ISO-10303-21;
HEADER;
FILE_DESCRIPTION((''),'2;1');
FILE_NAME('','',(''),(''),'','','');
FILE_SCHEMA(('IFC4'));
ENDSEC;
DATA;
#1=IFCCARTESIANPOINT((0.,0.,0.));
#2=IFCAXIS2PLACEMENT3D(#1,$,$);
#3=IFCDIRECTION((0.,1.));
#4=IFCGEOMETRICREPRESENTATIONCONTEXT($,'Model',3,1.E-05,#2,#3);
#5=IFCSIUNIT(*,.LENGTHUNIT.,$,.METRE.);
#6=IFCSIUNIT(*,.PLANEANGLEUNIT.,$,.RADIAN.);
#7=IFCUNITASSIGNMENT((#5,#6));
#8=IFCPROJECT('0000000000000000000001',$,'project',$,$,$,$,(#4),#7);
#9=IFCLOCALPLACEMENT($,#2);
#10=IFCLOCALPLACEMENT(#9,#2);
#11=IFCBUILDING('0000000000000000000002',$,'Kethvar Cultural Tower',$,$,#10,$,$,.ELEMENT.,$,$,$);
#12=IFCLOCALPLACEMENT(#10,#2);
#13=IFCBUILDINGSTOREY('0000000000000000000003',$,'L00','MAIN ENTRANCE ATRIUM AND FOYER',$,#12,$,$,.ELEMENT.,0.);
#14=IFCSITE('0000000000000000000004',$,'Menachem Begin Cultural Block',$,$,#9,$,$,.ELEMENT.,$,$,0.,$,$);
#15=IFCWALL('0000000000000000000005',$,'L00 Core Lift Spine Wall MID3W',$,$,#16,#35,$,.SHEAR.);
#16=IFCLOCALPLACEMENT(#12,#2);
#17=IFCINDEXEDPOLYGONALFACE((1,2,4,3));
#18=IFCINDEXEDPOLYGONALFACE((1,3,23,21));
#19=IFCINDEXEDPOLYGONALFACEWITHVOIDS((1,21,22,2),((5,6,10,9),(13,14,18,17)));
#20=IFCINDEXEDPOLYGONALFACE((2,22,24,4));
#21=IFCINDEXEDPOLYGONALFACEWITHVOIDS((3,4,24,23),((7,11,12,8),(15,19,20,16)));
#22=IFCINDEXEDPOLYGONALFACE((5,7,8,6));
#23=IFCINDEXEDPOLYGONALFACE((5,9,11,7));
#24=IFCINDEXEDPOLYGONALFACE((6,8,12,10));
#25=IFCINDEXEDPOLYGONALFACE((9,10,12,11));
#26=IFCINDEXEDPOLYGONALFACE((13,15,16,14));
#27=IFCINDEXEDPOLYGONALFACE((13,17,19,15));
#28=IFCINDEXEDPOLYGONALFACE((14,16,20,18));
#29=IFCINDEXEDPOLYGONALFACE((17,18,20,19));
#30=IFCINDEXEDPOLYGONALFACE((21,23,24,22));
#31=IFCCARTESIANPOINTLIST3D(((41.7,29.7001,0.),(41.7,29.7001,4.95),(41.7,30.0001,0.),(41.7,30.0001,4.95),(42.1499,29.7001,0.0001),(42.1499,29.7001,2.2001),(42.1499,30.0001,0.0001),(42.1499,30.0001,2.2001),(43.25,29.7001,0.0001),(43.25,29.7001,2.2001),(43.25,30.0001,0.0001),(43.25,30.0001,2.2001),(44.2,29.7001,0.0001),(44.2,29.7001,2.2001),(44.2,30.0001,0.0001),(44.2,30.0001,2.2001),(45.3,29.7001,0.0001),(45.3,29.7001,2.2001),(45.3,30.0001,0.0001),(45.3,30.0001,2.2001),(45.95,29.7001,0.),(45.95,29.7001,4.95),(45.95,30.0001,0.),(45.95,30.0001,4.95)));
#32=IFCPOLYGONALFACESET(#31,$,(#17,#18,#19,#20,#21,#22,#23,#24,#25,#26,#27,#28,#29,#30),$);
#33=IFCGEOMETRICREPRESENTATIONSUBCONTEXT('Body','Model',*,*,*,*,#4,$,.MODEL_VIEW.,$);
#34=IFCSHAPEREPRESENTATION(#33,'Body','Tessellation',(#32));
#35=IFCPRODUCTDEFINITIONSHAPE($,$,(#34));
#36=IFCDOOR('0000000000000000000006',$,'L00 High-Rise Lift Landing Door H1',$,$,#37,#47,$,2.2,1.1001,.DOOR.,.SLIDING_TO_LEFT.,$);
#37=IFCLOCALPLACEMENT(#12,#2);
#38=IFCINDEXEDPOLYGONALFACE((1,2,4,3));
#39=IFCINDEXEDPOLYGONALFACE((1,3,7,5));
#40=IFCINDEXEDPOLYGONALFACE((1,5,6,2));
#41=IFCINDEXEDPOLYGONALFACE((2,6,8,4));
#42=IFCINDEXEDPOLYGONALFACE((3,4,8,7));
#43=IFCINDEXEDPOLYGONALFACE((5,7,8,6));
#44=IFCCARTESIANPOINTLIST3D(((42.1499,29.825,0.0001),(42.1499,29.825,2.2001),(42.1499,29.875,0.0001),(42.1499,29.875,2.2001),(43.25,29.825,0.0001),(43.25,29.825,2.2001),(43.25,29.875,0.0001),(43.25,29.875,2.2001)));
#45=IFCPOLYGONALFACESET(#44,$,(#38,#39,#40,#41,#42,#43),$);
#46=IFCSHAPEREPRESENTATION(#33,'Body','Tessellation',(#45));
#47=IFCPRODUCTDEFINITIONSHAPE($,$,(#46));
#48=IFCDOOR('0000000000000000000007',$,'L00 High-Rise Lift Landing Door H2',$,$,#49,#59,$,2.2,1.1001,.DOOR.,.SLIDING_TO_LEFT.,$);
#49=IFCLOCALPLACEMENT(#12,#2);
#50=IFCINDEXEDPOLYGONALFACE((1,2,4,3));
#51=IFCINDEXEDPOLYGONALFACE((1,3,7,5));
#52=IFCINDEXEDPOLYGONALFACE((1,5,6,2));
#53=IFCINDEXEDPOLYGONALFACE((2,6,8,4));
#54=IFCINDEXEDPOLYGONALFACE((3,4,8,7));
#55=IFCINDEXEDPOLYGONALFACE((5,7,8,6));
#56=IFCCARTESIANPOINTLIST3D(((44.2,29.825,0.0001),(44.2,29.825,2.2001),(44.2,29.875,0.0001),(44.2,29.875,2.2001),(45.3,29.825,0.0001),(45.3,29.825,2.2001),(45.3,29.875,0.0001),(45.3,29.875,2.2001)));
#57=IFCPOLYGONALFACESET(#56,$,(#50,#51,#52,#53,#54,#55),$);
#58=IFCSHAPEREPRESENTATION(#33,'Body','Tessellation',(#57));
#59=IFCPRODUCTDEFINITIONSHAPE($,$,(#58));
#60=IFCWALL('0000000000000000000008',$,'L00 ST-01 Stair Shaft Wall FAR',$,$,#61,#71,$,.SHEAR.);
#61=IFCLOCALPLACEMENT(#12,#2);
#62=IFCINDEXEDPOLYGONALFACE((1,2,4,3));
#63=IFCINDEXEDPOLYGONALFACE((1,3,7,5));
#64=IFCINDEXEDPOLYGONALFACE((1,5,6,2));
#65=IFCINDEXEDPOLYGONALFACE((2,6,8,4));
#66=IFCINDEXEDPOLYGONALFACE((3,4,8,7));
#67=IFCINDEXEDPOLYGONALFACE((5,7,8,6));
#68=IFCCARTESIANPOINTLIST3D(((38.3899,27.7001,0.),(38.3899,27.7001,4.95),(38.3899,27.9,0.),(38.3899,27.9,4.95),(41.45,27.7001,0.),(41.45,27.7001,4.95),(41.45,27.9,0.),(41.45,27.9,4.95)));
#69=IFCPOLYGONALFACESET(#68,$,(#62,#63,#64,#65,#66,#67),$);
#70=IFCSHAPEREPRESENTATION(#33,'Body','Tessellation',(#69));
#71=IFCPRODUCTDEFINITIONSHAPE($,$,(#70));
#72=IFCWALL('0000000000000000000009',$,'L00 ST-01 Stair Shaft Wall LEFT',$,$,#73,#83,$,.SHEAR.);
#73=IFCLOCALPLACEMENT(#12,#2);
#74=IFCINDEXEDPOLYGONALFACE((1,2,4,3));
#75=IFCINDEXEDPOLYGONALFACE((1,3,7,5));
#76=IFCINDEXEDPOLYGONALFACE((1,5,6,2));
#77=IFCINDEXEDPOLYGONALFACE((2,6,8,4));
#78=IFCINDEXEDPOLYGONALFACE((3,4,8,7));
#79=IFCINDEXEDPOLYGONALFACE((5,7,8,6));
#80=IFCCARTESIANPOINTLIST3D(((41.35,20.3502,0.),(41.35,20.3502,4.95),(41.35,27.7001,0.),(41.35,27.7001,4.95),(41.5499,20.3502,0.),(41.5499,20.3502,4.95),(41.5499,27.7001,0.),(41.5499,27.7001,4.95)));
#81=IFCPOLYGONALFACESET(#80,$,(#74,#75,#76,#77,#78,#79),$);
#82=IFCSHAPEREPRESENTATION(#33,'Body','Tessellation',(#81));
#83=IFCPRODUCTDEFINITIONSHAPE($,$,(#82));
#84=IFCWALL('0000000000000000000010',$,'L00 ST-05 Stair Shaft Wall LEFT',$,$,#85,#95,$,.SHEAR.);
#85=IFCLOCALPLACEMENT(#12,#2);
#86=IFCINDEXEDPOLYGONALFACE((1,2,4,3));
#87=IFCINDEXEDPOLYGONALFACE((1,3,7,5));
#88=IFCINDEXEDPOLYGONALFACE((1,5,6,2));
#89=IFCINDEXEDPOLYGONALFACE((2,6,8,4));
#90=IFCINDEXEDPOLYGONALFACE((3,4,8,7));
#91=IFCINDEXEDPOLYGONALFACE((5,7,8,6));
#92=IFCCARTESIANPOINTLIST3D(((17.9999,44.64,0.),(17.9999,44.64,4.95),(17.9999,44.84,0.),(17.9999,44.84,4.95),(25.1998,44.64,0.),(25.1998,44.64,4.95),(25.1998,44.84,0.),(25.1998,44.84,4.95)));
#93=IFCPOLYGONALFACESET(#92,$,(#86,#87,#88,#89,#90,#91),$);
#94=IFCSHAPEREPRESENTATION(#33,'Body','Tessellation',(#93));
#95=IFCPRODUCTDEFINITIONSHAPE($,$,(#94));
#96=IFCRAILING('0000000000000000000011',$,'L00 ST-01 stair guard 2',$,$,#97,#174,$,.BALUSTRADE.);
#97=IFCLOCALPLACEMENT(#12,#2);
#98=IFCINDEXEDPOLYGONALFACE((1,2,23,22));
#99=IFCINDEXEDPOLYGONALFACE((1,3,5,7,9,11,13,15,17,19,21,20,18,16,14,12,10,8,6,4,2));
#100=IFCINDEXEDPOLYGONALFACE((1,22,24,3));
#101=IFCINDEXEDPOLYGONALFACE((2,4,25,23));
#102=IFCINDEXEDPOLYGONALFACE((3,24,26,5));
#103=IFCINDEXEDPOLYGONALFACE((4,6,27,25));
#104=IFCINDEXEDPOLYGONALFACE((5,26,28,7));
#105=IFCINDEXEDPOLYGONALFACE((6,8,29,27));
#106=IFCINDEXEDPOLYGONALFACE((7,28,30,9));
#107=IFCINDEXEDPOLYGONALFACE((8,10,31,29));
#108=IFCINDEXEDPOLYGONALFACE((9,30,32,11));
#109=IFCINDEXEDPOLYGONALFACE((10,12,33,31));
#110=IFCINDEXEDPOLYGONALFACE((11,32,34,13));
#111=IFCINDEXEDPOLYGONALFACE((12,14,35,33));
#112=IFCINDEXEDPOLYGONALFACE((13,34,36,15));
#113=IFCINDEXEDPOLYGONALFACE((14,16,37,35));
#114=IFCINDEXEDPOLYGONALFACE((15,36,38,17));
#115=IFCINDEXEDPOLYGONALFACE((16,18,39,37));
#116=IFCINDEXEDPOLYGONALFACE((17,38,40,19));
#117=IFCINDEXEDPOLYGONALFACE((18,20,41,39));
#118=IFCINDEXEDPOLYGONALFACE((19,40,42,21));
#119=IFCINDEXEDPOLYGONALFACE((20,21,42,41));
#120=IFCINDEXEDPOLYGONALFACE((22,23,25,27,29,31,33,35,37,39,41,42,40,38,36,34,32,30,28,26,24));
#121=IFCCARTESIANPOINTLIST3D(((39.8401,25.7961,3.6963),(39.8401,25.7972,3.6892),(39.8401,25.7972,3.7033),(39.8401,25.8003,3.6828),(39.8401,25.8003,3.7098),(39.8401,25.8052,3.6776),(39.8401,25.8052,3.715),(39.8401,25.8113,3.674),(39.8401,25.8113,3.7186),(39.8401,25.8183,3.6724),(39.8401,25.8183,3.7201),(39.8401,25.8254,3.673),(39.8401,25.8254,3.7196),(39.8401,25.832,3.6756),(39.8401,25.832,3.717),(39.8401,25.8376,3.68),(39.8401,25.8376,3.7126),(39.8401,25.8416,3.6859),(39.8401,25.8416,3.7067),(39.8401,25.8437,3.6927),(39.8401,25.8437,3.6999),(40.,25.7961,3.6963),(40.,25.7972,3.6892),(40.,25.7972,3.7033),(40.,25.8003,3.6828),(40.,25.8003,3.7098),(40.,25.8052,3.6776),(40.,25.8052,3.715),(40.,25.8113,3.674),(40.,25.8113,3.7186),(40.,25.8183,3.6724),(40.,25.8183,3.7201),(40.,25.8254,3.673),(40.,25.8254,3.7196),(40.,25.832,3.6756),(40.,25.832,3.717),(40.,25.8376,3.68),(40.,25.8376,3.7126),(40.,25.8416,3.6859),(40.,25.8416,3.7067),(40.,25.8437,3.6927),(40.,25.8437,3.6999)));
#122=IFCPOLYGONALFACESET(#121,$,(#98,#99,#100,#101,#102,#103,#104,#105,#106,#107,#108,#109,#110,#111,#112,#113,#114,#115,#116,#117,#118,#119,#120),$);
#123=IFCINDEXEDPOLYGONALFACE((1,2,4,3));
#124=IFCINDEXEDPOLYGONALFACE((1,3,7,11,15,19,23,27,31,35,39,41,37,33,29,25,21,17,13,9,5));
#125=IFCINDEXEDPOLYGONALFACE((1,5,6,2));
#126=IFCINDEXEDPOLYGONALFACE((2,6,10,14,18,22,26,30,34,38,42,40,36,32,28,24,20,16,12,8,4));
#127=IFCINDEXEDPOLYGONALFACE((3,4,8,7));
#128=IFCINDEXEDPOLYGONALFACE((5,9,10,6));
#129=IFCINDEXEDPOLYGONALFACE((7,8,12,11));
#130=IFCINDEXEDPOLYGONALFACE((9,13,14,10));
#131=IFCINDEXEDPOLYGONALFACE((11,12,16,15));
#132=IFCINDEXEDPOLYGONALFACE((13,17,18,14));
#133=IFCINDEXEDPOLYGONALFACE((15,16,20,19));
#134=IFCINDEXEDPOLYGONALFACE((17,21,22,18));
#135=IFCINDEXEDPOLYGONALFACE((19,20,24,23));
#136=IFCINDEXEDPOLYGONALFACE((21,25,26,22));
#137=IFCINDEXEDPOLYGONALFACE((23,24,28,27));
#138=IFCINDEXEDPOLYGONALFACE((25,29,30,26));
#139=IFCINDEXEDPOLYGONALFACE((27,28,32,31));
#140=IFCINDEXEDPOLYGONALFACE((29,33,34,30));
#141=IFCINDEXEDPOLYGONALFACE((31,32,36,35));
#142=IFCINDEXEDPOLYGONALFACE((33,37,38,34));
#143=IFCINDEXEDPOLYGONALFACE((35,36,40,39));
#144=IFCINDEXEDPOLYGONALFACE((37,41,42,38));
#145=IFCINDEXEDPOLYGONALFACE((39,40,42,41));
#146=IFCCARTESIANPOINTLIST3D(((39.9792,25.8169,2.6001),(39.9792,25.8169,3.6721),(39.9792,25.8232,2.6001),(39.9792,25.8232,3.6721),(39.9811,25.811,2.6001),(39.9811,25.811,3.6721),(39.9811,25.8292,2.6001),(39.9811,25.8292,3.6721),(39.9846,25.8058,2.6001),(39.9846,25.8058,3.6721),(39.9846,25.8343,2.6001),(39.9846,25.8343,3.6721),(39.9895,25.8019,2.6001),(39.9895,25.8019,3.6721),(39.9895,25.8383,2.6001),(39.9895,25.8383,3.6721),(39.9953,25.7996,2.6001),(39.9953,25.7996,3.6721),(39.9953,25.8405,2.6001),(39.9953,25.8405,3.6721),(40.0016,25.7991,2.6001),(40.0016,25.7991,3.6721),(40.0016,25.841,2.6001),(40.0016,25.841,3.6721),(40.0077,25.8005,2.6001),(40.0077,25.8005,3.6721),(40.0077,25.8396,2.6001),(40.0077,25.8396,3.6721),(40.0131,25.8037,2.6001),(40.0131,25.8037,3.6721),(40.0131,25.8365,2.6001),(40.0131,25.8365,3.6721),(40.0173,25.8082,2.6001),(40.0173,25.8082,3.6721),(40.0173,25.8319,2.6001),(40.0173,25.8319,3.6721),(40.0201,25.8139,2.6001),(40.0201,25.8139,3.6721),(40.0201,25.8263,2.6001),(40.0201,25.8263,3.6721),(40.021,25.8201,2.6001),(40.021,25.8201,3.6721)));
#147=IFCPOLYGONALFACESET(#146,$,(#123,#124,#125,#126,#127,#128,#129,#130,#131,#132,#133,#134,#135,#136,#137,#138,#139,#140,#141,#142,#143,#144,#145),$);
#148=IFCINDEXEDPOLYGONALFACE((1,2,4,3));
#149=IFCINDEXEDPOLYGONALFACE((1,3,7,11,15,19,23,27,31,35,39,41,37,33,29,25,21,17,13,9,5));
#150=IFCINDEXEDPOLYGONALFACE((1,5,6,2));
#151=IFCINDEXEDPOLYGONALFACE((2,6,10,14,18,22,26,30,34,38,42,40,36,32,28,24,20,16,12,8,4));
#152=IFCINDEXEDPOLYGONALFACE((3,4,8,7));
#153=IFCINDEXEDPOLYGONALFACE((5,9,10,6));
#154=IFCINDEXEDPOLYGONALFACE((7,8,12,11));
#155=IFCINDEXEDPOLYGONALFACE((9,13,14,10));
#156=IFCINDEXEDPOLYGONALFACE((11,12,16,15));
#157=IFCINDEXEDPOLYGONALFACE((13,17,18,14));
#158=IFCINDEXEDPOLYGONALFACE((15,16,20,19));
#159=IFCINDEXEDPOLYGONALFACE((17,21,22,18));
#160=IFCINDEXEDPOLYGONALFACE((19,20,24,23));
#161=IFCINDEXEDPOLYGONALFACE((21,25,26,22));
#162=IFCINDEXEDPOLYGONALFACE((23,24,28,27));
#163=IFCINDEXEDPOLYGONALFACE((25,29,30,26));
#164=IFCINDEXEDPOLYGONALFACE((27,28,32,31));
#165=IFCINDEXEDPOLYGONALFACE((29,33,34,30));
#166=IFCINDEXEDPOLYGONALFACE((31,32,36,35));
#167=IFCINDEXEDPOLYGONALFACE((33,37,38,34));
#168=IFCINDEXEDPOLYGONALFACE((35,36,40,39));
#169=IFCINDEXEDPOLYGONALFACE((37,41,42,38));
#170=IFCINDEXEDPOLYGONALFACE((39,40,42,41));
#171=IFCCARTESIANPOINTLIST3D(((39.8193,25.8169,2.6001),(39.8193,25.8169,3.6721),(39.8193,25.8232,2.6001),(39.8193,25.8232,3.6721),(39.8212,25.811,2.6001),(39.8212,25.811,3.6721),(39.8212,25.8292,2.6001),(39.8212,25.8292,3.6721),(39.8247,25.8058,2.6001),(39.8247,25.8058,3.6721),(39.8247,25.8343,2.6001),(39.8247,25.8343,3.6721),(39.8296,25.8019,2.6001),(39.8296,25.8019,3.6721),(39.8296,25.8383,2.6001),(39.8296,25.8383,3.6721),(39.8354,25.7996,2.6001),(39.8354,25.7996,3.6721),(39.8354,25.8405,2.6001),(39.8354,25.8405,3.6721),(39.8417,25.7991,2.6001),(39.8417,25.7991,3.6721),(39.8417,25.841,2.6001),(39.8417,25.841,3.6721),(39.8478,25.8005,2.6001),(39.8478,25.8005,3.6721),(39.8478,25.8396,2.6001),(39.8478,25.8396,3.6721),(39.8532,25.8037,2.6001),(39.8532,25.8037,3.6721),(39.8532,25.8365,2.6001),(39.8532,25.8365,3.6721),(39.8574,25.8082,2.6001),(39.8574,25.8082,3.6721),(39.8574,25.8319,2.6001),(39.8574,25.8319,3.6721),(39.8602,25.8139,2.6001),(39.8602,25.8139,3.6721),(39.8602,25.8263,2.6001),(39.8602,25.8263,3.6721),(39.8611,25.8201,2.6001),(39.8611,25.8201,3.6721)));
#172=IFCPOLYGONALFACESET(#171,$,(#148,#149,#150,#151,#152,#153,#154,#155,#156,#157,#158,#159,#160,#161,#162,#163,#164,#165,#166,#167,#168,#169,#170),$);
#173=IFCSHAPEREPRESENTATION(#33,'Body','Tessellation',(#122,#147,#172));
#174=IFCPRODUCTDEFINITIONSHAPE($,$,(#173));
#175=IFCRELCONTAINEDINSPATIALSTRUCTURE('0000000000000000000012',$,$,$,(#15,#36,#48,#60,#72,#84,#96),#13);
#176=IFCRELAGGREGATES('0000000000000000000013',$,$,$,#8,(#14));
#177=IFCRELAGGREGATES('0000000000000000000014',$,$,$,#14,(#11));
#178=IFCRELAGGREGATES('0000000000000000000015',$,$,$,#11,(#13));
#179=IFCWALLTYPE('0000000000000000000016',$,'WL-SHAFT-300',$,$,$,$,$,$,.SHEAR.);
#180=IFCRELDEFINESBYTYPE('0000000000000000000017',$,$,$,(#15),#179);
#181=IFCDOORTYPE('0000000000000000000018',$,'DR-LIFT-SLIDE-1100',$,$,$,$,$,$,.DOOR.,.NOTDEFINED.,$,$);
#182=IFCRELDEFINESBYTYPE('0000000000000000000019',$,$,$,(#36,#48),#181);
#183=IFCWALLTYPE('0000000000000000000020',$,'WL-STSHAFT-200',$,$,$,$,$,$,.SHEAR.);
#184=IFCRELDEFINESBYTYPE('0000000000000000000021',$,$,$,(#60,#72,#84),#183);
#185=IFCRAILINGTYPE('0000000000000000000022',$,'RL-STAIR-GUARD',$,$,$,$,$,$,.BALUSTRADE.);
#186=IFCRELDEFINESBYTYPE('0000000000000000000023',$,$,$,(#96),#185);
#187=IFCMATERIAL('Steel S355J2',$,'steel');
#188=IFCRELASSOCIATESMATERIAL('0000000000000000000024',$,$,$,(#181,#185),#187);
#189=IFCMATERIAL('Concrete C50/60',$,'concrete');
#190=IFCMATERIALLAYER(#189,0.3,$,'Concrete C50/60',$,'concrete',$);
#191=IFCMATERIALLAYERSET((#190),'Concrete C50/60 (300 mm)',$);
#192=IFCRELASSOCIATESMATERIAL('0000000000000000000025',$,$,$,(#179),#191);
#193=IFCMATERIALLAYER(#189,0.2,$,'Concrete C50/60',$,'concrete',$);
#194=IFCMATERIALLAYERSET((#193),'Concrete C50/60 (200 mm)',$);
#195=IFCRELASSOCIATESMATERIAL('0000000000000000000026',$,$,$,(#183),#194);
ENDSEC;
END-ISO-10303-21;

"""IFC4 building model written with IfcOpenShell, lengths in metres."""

from ifc_helpers import new_model, si_unit, direction, frame, frame_2d, origin, origin_2d, place, context, subcontext, project, spatial, rectangle, circle, extrude, source, transform, mapped, material, layer, layer_set, type_object, element, fill, save


model = new_model("IFC4")

# Units and contexts
model_context = context("Model", 3, precision=1e-05, world=origin(), true_north=direction((0.0, 1.0)))
body_context = subcontext(model_context, "Body", "Model", "MODEL_VIEW")
ifc_project = project(units=[si_unit("LENGTHUNIT", "METRE"), si_unit("PLANEANGLEUNIT", "RADIAN")], contexts=[model_context])

# Site, building, storey
site_placement = place(None, origin())
site = spatial("IfcSite", under=ifc_project, at=site_placement, Name="Menachem Begin Cultural Block", CompositionType="ELEMENT", RefElevation=0.0)
building_placement = place(site_placement, origin())
building = spatial("IfcBuilding", under=site, at=building_placement, Name="Kethvar Cultural Tower", CompositionType="ELEMENT")
storey_placement = place(building_placement, origin())
storey = spatial("IfcBuildingStorey", under=building, at=storey_placement, Name="L00", Description="MAIN ENTRANCE ATRIUM AND FOYER", CompositionType="ELEMENT", Elevation=0.0)

# Shared definitions
ifc_material_1 = material(Name="Steel S355J2", Category="steel")

# Shared definitions
door_type_1 = type_object("IfcDoorType", Name="DR-LIFT-SLIDE-1100", OperationType="NOTDEFINED", PredefinedType="DOOR", material=ifc_material_1)
shared_shape_1 = source(origin(), body_context, "Body", "SweptSolid", [
    extrude(rectangle(XDim=1.1001, YDim=2.2, at=frame_2d((0.55, 1.1001))), frame((0.0, 0.0249, 0.0), z_axis=(0.0, -1.0, 0.0), x_axis=(1.0, 0.0, 0.0)), (0.0, 0.0, 1.0), 0.05),
])

# Wall, openings, doors
ifc_material_2 = material(Name="Concrete C50/60", Category="concrete")
ifc_layer_1 = layer(ifc_material_2, 0.3, Name="Concrete C50/60", Category="concrete")
ifc_layer_set_1 = layer_set([ifc_layer_1], Name="Concrete C50/60 (300 mm)")
wall_type_1 = type_object("IfcWallType", Name="WL-SHAFT-300", PredefinedType="SHEAR", material=ifc_layer_set_1)
wall_1_placement = place(storey_placement, frame((41.7, 29.8501, 0.0), z_axis=(0.0, 0.0, 1.0), x_axis=(1.0, 0.0, 0.0)))
wall_1 = element("IfcWall", 1, at=wall_1_placement, inside=storey, type_object=wall_type_1, Name="L00 Core Lift Spine Wall MID3W", PredefinedType="SHEAR", context=body_context, shape_type="SweptSolid", body=[
    extrude(rectangle(XDim=4.25, YDim=0.3, at=frame_2d((2.125, 0.0))), origin(), (0.0, 0.0, 1.0), 4.95),
])
opening_1_placement = place(wall_1_placement, frame((0.45, 0.0, 0.0)))
opening_1 = element("IfcOpeningElement", 2, at=opening_1_placement, cuts=wall_1, PredefinedType="OPENING", context=body_context, shape_type="SweptSolid", body=[
    extrude(rectangle(XDim=1.1001, YDim=2.2, at=frame_2d((0.55, 1.1001))), frame((0.0, 0.1599, 0.0), z_axis=(0.0, -1.0, 0.0), x_axis=(1.0, 0.0, 0.0)), (0.0, 0.0, 1.0), 0.3201),
])
opening_2_placement = place(wall_1_placement, frame((2.5, 0.0, 0.0)))
opening_2 = element("IfcOpeningElement", 3, at=opening_2_placement, cuts=wall_1, PredefinedType="OPENING", context=body_context, shape_type="SweptSolid", body=[
    extrude(rectangle(XDim=1.1001, YDim=2.2, at=frame_2d((0.55, 1.1001))), frame((0.0, 0.1599, 0.0), z_axis=(0.0, -1.0, 0.0), x_axis=(1.0, 0.0, 0.0)), (0.0, 0.0, 1.0), 0.3201),
])
door_1_placement = place(opening_1_placement, origin())
door_1 = element("IfcDoor", 4, at=door_1_placement, inside=storey, type_object=door_type_1, Name="L00 High-Rise Lift Landing Door H1", OperationType="SLIDING_TO_LEFT", OverallHeight=2.2, OverallWidth=1.1001, PredefinedType="DOOR", context=body_context, shape_type="MappedRepresentation", body=[
    mapped(shared_shape_1, transform((0.0, 0.0, 0.0), scale=1.0)),
])
fill(opening_1, door_1)
door_2_placement = place(opening_2_placement, origin())
door_2 = element("IfcDoor", 5, at=door_2_placement, inside=storey, type_object=door_type_1, Name="L00 High-Rise Lift Landing Door H2", OperationType="SLIDING_TO_LEFT", OverallHeight=2.2, OverallWidth=1.1001, PredefinedType="DOOR", context=body_context, shape_type="MappedRepresentation", body=[
    mapped(shared_shape_1, transform((0.0, 0.0, 0.0), scale=1.0)),
])
fill(opening_2, door_2)

# Walls
ifc_layer_2 = layer(ifc_material_2, 0.2, Name="Concrete C50/60", Category="concrete")
ifc_layer_set_2 = layer_set([ifc_layer_2], Name="Concrete C50/60 (200 mm)")
wall_type_2 = type_object("IfcWallType", Name="WL-STSHAFT-200", PredefinedType="SHEAR", material=ifc_layer_set_2)
wall_2_placement = place(storey_placement, frame((38.3899, 27.8, 0.0), z_axis=(0.0, 0.0, 1.0), x_axis=(1.0, 0.0, 0.0)))
element("IfcWall", 6, at=wall_2_placement, inside=storey, type_object=wall_type_2, Name="L00 ST-01 Stair Shaft Wall FAR", PredefinedType="SHEAR", context=body_context, shape_type="SweptSolid", body=[
    extrude(rectangle(XDim=3.0601, YDim=0.2, at=frame_2d((1.53, 0.0))), origin(), (0.0, 0.0, 1.0), 4.95),
])
wall_3_placement = place(storey_placement, frame((41.45, 27.7, 0.0), z_axis=(0.0, 0.0, 1.0), x_axis=(0.0, -1.0, 0.0)))
element("IfcWall", 7, at=wall_3_placement, inside=storey, type_object=wall_type_2, Name="L00 ST-01 Stair Shaft Wall LEFT", PredefinedType="SHEAR", context=body_context, shape_type="SweptSolid", body=[
    extrude(rectangle(XDim=7.3499, YDim=0.2, at=frame_2d((3.6748, 0.0))), origin(), (0.0, 0.0, 1.0), 4.95),
])
wall_4_placement = place(storey_placement, frame((25.2, 44.74, 0.0), z_axis=(0.0, 0.0, 1.0), x_axis=(-1.0, 0.0, 0.0)))
element("IfcWall", 8, at=wall_4_placement, inside=storey, type_object=wall_type_2, Name="L00 ST-05 Stair Shaft Wall LEFT", PredefinedType="SHEAR", context=body_context, shape_type="SweptSolid", body=[
    extrude(rectangle(XDim=7.2, YDim=0.2, at=frame_2d((3.6001, 0.0))), origin(), (0.0, 0.0, 1.0), 4.95),
])

# Railing
railing_type = type_object("IfcRailingType", Name="RL-STAIR-GUARD", PredefinedType="BALUSTRADE", material=ifc_material_1)
railing_1_placement = place(storey_placement, frame((40.0, 25.8201, 2.6001)))
element("IfcRailing", 9, at=railing_1_placement, inside=storey, type_object=railing_type, Name="L00 ST-01 stair guard 2", PredefinedType="BALUSTRADE", context=body_context, shape_type="SweptSolid", body=[
    extrude(circle(Radius=0.0239, at=origin_2d()), frame((0.0, 0.0, 1.0962), z_axis=(-1.0, 0.0, 0.0), x_axis=(0.0, -1.0, 0.0)), (0.0, 0.0, 1.0), 0.1599),
    extrude(circle(Radius=0.021, at=origin_2d()), origin(), (0.0, 0.0, 1.0), 1.072),
    extrude(circle(Radius=0.021, at=origin_2d()), frame((-0.1599, 0.0, 0.0)), (0.0, 0.0, 1.0), 1.072),
])

save(model, "model.ifc")
